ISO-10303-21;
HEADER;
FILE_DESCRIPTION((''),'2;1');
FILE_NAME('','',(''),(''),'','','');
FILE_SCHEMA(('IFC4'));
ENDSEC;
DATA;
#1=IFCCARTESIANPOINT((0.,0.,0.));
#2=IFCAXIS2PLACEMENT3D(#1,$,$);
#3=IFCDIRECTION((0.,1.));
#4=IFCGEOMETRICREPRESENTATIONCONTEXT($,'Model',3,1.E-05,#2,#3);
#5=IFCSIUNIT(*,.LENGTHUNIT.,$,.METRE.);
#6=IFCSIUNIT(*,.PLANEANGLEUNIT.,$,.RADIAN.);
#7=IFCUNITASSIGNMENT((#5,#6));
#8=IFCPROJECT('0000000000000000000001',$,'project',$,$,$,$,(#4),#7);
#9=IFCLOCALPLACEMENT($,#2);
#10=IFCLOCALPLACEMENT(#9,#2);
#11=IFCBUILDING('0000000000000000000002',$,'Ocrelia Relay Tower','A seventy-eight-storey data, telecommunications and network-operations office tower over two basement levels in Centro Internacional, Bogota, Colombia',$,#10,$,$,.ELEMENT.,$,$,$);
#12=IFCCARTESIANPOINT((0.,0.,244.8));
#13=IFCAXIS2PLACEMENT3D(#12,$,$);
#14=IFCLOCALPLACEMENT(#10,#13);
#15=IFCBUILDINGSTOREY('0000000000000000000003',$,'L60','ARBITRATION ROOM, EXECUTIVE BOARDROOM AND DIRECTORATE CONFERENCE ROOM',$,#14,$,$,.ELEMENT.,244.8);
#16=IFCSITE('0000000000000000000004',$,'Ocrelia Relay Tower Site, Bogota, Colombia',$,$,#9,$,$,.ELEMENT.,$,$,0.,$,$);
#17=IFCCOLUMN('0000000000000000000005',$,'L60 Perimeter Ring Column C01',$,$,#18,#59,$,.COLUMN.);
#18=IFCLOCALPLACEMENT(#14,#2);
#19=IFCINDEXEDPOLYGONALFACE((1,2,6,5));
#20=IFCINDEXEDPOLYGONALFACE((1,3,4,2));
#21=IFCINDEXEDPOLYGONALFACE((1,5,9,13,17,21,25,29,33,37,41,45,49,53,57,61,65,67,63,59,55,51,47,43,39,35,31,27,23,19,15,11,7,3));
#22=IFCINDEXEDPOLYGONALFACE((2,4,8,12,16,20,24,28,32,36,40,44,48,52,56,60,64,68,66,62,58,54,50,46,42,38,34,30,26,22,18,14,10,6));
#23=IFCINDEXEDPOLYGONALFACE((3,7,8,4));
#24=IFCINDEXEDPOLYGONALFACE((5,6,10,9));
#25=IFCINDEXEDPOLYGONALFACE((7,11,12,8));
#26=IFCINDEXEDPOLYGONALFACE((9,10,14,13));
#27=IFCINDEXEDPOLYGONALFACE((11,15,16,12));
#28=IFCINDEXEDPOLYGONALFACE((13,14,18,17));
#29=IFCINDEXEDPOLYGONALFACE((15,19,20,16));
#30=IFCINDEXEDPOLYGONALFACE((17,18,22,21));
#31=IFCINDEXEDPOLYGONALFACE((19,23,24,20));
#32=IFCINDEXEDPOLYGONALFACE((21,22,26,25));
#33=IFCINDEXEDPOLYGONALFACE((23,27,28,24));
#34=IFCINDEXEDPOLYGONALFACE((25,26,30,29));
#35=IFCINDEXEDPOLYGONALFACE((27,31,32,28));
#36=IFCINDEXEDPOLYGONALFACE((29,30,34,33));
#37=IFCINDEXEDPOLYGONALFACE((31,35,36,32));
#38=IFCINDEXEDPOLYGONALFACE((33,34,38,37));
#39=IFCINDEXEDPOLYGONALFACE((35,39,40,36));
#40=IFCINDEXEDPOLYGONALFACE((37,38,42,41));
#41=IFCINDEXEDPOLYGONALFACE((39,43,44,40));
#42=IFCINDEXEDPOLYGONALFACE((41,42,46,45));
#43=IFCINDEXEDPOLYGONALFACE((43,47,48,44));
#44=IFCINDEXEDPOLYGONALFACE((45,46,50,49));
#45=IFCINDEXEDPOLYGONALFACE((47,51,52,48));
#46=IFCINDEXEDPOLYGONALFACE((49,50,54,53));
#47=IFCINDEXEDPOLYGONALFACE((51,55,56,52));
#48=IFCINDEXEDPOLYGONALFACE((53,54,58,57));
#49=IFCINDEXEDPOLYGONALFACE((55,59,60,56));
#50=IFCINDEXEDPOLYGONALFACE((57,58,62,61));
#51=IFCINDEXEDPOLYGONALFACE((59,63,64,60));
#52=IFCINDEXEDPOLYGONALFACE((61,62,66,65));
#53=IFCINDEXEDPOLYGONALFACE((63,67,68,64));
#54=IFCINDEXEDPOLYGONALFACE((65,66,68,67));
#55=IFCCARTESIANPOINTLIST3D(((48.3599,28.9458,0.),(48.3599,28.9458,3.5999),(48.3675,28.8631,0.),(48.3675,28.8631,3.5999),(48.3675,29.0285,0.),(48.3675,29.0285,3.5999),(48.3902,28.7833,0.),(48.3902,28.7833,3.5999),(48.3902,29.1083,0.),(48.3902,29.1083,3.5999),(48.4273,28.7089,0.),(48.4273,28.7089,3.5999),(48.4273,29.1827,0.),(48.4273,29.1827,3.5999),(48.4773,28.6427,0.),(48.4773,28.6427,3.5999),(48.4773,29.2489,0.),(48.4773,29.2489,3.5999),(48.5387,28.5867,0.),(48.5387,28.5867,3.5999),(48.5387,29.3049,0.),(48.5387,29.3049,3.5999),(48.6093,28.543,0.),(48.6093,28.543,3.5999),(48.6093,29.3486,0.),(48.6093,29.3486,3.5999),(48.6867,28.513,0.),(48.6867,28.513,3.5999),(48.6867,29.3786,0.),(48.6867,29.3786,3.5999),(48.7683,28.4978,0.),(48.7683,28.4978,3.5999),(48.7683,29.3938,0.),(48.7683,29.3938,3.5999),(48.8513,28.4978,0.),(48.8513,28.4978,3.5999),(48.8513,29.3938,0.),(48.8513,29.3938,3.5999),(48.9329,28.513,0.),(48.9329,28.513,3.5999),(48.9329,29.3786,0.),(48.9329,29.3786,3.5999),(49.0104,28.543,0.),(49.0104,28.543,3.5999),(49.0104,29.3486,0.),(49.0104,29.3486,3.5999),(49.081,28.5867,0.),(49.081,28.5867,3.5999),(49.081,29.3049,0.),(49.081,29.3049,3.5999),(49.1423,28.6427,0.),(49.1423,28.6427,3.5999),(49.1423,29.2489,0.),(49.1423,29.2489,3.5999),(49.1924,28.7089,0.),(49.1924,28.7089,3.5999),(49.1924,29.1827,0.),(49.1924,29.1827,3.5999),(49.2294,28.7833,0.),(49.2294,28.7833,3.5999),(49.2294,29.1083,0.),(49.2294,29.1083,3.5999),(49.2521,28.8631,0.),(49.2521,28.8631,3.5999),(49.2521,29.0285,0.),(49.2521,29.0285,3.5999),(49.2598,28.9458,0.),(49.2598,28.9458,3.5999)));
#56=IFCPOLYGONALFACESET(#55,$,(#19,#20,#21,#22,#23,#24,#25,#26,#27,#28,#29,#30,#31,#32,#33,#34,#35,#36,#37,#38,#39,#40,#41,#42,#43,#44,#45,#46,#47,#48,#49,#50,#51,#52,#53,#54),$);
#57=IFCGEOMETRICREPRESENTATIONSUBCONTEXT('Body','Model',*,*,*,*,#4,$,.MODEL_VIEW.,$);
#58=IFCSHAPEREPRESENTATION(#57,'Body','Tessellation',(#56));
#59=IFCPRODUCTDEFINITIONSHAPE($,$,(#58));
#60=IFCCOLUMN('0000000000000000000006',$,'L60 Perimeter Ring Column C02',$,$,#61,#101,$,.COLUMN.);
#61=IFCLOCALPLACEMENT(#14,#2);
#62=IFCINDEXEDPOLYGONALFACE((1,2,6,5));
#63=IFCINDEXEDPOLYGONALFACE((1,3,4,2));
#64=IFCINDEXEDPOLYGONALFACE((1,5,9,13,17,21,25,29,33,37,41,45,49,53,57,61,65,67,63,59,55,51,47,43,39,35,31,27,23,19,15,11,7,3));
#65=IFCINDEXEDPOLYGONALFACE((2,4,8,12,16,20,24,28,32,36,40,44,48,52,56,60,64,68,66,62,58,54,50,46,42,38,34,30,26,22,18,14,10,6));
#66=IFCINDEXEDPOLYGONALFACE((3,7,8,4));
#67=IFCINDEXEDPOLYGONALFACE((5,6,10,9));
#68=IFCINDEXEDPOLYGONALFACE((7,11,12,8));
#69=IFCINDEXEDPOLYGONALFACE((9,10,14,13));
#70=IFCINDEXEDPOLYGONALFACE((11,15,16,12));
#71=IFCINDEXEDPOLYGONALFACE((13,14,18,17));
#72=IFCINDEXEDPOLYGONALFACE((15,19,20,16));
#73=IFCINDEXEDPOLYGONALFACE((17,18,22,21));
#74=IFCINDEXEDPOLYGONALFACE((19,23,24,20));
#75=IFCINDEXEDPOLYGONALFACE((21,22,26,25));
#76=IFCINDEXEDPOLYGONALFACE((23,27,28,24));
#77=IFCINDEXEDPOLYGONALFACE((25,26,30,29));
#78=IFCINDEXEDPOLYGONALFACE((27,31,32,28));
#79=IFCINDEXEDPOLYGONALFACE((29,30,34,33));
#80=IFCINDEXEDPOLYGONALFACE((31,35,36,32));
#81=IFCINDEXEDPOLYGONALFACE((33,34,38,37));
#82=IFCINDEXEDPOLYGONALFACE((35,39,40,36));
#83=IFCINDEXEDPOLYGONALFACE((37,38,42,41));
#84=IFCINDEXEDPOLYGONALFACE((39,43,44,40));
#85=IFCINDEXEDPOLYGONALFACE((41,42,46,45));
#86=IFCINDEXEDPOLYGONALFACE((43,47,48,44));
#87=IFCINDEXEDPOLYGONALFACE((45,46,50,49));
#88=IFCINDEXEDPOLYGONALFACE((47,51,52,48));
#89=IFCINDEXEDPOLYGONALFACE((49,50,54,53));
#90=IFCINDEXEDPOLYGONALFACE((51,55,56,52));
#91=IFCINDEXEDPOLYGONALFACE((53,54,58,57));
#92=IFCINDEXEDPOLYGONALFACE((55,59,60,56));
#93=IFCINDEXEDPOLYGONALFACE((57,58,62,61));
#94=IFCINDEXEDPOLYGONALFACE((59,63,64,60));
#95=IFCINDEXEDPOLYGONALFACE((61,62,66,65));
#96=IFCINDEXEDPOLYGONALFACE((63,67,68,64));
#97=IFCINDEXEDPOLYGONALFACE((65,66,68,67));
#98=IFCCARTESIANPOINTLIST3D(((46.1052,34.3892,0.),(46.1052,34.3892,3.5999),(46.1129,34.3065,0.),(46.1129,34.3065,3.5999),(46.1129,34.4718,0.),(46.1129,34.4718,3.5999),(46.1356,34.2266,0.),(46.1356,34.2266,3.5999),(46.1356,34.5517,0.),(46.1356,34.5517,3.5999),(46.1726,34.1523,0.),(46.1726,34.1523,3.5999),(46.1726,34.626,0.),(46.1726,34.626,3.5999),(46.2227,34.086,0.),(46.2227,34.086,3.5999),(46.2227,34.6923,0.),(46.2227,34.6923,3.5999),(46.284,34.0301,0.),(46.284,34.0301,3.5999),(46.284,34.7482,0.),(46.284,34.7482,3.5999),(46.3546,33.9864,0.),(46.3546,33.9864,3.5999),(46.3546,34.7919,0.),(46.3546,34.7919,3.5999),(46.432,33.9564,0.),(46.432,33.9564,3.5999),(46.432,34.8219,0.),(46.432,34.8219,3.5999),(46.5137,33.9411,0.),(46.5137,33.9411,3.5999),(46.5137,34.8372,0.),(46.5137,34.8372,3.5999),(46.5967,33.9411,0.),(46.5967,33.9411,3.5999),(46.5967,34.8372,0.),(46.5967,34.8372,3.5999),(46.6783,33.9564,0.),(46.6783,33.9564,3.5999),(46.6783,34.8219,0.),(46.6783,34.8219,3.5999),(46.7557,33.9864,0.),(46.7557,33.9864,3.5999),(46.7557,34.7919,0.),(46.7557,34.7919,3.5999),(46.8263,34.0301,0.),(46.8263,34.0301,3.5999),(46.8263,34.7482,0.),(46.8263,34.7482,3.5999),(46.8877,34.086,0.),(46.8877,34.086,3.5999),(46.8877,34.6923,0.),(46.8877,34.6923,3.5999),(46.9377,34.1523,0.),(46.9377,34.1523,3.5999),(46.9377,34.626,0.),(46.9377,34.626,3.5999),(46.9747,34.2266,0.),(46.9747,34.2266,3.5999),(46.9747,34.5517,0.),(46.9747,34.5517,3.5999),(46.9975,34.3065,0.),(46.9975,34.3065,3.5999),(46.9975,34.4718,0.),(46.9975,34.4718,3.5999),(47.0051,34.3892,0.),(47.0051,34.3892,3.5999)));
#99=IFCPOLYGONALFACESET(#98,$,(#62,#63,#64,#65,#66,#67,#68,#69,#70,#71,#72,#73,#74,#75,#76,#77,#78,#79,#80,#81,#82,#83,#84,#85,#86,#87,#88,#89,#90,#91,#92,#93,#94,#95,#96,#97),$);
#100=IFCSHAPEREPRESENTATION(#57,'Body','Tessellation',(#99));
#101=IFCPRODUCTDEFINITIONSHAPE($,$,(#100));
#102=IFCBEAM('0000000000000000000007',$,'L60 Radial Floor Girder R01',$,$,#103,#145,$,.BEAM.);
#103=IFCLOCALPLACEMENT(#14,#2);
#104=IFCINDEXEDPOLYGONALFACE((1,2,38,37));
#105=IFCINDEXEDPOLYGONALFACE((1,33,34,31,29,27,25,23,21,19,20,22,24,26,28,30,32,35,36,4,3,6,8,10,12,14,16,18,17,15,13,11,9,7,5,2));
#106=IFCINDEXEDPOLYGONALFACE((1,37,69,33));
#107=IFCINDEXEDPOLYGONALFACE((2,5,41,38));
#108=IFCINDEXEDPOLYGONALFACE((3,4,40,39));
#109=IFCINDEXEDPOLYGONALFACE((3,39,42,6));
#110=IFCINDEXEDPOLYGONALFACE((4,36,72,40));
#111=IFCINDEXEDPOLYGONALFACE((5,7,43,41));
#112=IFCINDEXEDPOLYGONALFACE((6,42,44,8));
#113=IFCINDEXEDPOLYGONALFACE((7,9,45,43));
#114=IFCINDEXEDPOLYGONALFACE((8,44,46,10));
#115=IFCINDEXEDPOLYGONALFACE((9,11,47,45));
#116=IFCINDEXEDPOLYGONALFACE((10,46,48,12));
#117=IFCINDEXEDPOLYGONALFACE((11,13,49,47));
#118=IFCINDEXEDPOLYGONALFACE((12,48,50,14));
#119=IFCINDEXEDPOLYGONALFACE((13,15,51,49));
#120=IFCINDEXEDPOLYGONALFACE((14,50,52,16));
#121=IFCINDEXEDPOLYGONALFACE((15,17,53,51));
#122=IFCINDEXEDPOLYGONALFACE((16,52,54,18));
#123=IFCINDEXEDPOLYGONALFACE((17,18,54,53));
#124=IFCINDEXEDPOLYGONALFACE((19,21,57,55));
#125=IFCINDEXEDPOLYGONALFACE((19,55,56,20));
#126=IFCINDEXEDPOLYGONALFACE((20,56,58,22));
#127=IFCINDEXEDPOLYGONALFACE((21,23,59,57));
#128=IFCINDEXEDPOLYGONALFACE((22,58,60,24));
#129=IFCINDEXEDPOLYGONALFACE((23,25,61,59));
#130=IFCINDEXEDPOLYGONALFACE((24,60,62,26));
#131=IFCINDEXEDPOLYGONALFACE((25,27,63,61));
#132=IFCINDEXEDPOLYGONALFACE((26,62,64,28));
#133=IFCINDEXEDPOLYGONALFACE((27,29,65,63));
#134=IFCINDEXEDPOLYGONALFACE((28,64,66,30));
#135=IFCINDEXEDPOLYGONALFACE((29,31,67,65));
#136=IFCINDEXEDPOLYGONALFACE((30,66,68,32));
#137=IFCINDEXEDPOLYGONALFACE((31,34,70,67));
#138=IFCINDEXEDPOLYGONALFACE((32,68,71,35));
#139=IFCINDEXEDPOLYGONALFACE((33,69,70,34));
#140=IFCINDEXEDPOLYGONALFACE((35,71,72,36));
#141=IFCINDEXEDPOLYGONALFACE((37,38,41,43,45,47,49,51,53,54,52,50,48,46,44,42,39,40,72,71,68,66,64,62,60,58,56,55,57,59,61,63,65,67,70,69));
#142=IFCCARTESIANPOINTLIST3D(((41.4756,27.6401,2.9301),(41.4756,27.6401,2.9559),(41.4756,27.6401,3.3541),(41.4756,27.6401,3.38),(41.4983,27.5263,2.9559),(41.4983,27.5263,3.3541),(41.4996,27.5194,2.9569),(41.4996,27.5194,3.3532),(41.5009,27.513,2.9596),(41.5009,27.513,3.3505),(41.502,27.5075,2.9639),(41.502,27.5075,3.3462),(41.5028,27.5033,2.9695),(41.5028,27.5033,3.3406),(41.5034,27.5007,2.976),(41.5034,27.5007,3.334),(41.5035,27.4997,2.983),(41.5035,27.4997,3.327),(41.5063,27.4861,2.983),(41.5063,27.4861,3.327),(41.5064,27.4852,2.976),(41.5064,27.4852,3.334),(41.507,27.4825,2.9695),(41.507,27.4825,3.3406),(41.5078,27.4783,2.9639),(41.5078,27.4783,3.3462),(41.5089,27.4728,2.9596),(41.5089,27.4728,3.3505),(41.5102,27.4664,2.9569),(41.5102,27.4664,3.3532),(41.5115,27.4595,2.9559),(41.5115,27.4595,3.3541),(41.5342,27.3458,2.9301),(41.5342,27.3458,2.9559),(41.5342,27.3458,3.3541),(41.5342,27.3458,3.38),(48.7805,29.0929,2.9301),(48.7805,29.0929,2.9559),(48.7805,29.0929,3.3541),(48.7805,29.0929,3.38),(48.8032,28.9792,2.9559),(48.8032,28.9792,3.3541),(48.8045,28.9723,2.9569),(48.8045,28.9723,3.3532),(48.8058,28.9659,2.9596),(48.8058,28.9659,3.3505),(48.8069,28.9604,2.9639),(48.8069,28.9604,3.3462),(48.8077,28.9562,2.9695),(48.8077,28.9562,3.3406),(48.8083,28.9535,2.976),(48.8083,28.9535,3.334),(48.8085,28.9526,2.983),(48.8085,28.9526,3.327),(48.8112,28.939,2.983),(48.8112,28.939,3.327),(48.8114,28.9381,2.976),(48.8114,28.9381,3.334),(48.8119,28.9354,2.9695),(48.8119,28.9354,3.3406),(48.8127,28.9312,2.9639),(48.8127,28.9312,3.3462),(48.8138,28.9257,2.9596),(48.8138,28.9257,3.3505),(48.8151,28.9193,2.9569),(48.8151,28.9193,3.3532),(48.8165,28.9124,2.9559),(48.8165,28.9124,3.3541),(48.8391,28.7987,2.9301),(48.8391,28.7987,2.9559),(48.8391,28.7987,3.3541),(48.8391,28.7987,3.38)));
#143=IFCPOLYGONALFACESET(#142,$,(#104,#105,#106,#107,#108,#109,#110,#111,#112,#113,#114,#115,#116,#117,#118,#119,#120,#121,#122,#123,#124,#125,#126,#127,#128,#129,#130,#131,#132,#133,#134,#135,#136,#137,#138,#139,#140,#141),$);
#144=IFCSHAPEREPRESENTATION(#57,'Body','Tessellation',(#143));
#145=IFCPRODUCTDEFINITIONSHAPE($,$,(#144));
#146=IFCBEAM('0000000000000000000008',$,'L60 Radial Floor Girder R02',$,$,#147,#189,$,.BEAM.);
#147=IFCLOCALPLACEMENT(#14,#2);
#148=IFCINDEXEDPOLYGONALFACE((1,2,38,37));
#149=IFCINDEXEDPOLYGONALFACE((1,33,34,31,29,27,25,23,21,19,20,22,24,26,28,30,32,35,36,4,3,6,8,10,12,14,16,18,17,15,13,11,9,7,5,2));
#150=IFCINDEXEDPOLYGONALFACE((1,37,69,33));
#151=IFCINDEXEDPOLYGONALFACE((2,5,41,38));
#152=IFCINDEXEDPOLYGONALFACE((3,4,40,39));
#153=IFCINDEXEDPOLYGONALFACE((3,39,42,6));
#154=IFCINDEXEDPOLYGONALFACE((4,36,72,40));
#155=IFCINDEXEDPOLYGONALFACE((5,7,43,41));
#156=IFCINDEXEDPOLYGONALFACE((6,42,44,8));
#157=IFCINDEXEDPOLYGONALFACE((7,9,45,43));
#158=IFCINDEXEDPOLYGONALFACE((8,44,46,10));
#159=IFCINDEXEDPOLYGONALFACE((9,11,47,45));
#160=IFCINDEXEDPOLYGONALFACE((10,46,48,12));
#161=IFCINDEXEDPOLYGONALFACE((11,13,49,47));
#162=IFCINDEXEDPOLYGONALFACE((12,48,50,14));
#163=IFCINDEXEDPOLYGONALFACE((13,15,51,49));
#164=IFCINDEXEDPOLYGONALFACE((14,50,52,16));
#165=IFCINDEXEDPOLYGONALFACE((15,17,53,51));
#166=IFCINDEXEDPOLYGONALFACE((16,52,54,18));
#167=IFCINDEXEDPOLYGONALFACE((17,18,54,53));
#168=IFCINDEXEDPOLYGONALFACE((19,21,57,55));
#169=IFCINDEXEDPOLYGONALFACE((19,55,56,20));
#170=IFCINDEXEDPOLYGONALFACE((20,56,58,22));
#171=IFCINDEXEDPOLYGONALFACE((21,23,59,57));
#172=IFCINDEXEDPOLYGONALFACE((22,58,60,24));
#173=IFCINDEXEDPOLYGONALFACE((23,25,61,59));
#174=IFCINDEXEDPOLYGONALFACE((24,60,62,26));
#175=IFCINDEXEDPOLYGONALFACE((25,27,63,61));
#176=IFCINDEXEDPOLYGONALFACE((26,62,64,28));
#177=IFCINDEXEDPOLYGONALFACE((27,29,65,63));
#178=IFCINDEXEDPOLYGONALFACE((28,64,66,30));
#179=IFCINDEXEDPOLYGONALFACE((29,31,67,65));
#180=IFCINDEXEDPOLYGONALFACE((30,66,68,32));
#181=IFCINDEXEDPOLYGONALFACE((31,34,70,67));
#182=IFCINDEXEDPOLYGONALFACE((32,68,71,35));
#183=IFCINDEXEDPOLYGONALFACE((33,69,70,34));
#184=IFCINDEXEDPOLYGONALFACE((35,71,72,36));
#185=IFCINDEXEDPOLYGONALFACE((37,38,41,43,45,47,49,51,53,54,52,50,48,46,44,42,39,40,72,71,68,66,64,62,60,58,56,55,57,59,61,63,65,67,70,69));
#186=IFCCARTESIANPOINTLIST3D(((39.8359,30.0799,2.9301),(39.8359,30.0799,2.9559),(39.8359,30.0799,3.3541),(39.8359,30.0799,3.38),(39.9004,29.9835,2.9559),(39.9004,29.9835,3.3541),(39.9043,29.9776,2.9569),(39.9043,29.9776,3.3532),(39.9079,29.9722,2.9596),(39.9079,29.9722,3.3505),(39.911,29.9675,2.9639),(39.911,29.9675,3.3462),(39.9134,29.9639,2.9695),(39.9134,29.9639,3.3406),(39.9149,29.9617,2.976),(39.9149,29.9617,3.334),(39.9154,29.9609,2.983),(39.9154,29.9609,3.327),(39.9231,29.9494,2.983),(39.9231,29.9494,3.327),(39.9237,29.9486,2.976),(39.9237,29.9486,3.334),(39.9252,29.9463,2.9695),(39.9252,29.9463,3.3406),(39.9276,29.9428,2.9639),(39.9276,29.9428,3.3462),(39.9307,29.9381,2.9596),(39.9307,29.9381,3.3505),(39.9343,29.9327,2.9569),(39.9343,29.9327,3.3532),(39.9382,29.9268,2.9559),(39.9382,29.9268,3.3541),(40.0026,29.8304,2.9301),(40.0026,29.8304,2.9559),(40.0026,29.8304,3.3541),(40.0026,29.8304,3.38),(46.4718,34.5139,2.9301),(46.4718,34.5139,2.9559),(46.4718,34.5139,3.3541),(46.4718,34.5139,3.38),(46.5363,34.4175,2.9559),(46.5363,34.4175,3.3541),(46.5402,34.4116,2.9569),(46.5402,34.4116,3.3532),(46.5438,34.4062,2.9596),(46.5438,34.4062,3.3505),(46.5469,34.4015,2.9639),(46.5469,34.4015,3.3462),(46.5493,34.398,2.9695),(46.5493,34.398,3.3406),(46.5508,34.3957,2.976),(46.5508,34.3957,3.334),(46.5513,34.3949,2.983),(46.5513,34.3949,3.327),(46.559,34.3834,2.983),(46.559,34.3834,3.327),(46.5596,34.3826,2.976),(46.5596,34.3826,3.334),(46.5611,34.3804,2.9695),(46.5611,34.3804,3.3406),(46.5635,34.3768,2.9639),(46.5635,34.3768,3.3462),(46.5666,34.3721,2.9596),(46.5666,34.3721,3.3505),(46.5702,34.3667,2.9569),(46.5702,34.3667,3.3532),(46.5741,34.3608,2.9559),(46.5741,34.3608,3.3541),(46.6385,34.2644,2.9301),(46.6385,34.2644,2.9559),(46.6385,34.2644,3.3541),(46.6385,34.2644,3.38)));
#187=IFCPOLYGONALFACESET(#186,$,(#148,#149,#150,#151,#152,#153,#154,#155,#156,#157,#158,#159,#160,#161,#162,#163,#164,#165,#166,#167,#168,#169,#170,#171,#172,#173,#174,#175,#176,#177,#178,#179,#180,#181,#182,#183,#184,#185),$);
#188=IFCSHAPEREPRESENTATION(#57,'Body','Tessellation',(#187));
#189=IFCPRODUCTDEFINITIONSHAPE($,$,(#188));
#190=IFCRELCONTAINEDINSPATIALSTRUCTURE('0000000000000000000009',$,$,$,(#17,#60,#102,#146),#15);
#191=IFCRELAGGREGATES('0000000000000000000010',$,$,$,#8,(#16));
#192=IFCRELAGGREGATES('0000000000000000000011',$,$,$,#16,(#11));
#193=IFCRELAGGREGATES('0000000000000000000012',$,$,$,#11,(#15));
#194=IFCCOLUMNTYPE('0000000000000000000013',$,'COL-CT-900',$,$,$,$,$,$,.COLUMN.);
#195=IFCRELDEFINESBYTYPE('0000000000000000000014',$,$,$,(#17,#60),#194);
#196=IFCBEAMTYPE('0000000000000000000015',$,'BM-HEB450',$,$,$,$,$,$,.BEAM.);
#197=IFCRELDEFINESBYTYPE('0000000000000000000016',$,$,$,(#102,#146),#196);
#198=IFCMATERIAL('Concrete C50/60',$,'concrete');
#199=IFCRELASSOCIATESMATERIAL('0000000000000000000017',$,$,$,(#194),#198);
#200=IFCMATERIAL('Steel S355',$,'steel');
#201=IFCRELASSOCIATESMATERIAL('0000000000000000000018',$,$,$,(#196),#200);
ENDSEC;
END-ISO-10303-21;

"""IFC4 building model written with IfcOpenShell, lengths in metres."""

from ifc_helpers import new_model, si_unit, direction, frame, origin, origin_2d, place, context, subcontext, project, spatial, circle, i_section, extrude, material, material_profile, profile_set, type_object, element, save


model = new_model("IFC4")

# Units and contexts
model_context = context("Model", 3, precision=1e-05, world=origin(), true_north=direction((0.0, 1.0)))
body_context = subcontext(model_context, "Body", "Model", "MODEL_VIEW")
ifc_project = project(units=[si_unit("LENGTHUNIT", "METRE"), si_unit("PLANEANGLEUNIT", "RADIAN")], contexts=[model_context])

# Site, building, storey
site_placement = place(None, origin())
site = spatial("IfcSite", under=ifc_project, at=site_placement, Name="Ocrelia Relay Tower Site, Bogota, Colombia", CompositionType="ELEMENT", RefElevation=0.0)
building_placement = place(site_placement, origin())
building = spatial("IfcBuilding", under=site, at=building_placement, Name="Ocrelia Relay Tower", Description="A seventy-eight-storey data, telecommunications and network-operations office tower over two basement levels in Centro Internacional, Bogota, Colombia", CompositionType="ELEMENT")
storey_placement = place(building_placement, frame((0.0, 0.0, 244.8)))
storey = spatial("IfcBuildingStorey", under=building, at=storey_placement, Name="L60", Description="ARBITRATION ROOM, EXECUTIVE BOARDROOM AND DIRECTORATE CONFERENCE ROOM", CompositionType="ELEMENT", Elevation=244.8)

# Columns
ifc_material_1 = material(Name="Concrete C50/60", Category="concrete")
ifc_material_profile_1 = material_profile(ifc_material_1, circle(Radius=0.45, at=origin_2d()), Name="RC-CIR-900")
ifc_profile_set_1 = profile_set([ifc_material_profile_1], Name="Concrete C50/60")
column_type = type_object("IfcColumnType", Name="COL-CT-900", PredefinedType="COLUMN", material=ifc_profile_set_1)
for number, where, z_axis, x_axis, name in (
    (1, (48.8098, 28.9458, 0.0), (0.0, 0.0, 1.0), (1.0, 0.0, 0.0), "L60 Perimeter Ring Column C01"),
    (2, (46.5552, 34.3892, 0.0), (0.0, 0.0, 1.0), (1.0, 0.0, 0.0), "L60 Perimeter Ring Column C02"),
):
    element("IfcColumn", number, at=place(storey_placement, frame(where, z_axis=z_axis, x_axis=x_axis)), inside=storey, type_object=column_type, Name=name, PredefinedType="COLUMN", context=body_context, shape_type="SweptSolid", body=[
        extrude(circle(Radius=0.45, at=origin_2d()), origin(), (0.0, 0.0, 1.0), 3.5999),
    ])

# Beams
ifc_material_2 = material(Name="Steel S355", Category="steel")
ifc_material_profile_2 = material_profile(ifc_material_2, i_section(OverallWidth=0.3, OverallDepth=0.45, WebThickness=0.0139, FlangeThickness=0.0259, FilletRadius=0.0271, at=origin_2d()), Name="HEB 450")
ifc_profile_set_2 = profile_set([ifc_material_profile_2], Name="Steel S355")
beam_type_1 = type_object("IfcBeamType", Name="BM-HEB450", PredefinedType="BEAM", material=ifc_profile_set_2)
beam_1_placement = place(storey_placement, frame((48.8098, 28.9458, 3.155), z_axis=(-0.980789, -0.19507, 0.0), x_axis=(0.19507, -0.980789, 0.0)))
element("IfcBeam", 3, at=beam_1_placement, inside=storey, type_object=beam_type_1, Name="L60 Radial Floor Girder R01", PredefinedType="BEAM", context=body_context, shape_type="SweptSolid", body=[
    extrude(i_section(OverallWidth=0.3, OverallDepth=0.45, WebThickness=0.0139, FlangeThickness=0.0259, FilletRadius=0.0271, at=origin_2d()), origin(), (0.0, 0.0, 1.0), 7.448),
])
beam_2_placement = place(storey_placement, frame((46.5552, 34.3892, 3.155), z_axis=(-0.831466, -0.555575, 0.0), x_axis=(0.555575, -0.831466, 0.0)))
element("IfcBeam", 4, at=beam_2_placement, inside=storey, type_object=beam_type_1, Name="L60 Radial Floor Girder R02", PredefinedType="BEAM", context=body_context, shape_type="SweptSolid", body=[
    extrude(i_section(OverallWidth=0.3, OverallDepth=0.45, WebThickness=0.0139, FlangeThickness=0.0259, FilletRadius=0.0271, at=origin_2d()), origin(), (0.0, 0.0, 1.0), 7.981),
])

save(model, "model.ifc")
